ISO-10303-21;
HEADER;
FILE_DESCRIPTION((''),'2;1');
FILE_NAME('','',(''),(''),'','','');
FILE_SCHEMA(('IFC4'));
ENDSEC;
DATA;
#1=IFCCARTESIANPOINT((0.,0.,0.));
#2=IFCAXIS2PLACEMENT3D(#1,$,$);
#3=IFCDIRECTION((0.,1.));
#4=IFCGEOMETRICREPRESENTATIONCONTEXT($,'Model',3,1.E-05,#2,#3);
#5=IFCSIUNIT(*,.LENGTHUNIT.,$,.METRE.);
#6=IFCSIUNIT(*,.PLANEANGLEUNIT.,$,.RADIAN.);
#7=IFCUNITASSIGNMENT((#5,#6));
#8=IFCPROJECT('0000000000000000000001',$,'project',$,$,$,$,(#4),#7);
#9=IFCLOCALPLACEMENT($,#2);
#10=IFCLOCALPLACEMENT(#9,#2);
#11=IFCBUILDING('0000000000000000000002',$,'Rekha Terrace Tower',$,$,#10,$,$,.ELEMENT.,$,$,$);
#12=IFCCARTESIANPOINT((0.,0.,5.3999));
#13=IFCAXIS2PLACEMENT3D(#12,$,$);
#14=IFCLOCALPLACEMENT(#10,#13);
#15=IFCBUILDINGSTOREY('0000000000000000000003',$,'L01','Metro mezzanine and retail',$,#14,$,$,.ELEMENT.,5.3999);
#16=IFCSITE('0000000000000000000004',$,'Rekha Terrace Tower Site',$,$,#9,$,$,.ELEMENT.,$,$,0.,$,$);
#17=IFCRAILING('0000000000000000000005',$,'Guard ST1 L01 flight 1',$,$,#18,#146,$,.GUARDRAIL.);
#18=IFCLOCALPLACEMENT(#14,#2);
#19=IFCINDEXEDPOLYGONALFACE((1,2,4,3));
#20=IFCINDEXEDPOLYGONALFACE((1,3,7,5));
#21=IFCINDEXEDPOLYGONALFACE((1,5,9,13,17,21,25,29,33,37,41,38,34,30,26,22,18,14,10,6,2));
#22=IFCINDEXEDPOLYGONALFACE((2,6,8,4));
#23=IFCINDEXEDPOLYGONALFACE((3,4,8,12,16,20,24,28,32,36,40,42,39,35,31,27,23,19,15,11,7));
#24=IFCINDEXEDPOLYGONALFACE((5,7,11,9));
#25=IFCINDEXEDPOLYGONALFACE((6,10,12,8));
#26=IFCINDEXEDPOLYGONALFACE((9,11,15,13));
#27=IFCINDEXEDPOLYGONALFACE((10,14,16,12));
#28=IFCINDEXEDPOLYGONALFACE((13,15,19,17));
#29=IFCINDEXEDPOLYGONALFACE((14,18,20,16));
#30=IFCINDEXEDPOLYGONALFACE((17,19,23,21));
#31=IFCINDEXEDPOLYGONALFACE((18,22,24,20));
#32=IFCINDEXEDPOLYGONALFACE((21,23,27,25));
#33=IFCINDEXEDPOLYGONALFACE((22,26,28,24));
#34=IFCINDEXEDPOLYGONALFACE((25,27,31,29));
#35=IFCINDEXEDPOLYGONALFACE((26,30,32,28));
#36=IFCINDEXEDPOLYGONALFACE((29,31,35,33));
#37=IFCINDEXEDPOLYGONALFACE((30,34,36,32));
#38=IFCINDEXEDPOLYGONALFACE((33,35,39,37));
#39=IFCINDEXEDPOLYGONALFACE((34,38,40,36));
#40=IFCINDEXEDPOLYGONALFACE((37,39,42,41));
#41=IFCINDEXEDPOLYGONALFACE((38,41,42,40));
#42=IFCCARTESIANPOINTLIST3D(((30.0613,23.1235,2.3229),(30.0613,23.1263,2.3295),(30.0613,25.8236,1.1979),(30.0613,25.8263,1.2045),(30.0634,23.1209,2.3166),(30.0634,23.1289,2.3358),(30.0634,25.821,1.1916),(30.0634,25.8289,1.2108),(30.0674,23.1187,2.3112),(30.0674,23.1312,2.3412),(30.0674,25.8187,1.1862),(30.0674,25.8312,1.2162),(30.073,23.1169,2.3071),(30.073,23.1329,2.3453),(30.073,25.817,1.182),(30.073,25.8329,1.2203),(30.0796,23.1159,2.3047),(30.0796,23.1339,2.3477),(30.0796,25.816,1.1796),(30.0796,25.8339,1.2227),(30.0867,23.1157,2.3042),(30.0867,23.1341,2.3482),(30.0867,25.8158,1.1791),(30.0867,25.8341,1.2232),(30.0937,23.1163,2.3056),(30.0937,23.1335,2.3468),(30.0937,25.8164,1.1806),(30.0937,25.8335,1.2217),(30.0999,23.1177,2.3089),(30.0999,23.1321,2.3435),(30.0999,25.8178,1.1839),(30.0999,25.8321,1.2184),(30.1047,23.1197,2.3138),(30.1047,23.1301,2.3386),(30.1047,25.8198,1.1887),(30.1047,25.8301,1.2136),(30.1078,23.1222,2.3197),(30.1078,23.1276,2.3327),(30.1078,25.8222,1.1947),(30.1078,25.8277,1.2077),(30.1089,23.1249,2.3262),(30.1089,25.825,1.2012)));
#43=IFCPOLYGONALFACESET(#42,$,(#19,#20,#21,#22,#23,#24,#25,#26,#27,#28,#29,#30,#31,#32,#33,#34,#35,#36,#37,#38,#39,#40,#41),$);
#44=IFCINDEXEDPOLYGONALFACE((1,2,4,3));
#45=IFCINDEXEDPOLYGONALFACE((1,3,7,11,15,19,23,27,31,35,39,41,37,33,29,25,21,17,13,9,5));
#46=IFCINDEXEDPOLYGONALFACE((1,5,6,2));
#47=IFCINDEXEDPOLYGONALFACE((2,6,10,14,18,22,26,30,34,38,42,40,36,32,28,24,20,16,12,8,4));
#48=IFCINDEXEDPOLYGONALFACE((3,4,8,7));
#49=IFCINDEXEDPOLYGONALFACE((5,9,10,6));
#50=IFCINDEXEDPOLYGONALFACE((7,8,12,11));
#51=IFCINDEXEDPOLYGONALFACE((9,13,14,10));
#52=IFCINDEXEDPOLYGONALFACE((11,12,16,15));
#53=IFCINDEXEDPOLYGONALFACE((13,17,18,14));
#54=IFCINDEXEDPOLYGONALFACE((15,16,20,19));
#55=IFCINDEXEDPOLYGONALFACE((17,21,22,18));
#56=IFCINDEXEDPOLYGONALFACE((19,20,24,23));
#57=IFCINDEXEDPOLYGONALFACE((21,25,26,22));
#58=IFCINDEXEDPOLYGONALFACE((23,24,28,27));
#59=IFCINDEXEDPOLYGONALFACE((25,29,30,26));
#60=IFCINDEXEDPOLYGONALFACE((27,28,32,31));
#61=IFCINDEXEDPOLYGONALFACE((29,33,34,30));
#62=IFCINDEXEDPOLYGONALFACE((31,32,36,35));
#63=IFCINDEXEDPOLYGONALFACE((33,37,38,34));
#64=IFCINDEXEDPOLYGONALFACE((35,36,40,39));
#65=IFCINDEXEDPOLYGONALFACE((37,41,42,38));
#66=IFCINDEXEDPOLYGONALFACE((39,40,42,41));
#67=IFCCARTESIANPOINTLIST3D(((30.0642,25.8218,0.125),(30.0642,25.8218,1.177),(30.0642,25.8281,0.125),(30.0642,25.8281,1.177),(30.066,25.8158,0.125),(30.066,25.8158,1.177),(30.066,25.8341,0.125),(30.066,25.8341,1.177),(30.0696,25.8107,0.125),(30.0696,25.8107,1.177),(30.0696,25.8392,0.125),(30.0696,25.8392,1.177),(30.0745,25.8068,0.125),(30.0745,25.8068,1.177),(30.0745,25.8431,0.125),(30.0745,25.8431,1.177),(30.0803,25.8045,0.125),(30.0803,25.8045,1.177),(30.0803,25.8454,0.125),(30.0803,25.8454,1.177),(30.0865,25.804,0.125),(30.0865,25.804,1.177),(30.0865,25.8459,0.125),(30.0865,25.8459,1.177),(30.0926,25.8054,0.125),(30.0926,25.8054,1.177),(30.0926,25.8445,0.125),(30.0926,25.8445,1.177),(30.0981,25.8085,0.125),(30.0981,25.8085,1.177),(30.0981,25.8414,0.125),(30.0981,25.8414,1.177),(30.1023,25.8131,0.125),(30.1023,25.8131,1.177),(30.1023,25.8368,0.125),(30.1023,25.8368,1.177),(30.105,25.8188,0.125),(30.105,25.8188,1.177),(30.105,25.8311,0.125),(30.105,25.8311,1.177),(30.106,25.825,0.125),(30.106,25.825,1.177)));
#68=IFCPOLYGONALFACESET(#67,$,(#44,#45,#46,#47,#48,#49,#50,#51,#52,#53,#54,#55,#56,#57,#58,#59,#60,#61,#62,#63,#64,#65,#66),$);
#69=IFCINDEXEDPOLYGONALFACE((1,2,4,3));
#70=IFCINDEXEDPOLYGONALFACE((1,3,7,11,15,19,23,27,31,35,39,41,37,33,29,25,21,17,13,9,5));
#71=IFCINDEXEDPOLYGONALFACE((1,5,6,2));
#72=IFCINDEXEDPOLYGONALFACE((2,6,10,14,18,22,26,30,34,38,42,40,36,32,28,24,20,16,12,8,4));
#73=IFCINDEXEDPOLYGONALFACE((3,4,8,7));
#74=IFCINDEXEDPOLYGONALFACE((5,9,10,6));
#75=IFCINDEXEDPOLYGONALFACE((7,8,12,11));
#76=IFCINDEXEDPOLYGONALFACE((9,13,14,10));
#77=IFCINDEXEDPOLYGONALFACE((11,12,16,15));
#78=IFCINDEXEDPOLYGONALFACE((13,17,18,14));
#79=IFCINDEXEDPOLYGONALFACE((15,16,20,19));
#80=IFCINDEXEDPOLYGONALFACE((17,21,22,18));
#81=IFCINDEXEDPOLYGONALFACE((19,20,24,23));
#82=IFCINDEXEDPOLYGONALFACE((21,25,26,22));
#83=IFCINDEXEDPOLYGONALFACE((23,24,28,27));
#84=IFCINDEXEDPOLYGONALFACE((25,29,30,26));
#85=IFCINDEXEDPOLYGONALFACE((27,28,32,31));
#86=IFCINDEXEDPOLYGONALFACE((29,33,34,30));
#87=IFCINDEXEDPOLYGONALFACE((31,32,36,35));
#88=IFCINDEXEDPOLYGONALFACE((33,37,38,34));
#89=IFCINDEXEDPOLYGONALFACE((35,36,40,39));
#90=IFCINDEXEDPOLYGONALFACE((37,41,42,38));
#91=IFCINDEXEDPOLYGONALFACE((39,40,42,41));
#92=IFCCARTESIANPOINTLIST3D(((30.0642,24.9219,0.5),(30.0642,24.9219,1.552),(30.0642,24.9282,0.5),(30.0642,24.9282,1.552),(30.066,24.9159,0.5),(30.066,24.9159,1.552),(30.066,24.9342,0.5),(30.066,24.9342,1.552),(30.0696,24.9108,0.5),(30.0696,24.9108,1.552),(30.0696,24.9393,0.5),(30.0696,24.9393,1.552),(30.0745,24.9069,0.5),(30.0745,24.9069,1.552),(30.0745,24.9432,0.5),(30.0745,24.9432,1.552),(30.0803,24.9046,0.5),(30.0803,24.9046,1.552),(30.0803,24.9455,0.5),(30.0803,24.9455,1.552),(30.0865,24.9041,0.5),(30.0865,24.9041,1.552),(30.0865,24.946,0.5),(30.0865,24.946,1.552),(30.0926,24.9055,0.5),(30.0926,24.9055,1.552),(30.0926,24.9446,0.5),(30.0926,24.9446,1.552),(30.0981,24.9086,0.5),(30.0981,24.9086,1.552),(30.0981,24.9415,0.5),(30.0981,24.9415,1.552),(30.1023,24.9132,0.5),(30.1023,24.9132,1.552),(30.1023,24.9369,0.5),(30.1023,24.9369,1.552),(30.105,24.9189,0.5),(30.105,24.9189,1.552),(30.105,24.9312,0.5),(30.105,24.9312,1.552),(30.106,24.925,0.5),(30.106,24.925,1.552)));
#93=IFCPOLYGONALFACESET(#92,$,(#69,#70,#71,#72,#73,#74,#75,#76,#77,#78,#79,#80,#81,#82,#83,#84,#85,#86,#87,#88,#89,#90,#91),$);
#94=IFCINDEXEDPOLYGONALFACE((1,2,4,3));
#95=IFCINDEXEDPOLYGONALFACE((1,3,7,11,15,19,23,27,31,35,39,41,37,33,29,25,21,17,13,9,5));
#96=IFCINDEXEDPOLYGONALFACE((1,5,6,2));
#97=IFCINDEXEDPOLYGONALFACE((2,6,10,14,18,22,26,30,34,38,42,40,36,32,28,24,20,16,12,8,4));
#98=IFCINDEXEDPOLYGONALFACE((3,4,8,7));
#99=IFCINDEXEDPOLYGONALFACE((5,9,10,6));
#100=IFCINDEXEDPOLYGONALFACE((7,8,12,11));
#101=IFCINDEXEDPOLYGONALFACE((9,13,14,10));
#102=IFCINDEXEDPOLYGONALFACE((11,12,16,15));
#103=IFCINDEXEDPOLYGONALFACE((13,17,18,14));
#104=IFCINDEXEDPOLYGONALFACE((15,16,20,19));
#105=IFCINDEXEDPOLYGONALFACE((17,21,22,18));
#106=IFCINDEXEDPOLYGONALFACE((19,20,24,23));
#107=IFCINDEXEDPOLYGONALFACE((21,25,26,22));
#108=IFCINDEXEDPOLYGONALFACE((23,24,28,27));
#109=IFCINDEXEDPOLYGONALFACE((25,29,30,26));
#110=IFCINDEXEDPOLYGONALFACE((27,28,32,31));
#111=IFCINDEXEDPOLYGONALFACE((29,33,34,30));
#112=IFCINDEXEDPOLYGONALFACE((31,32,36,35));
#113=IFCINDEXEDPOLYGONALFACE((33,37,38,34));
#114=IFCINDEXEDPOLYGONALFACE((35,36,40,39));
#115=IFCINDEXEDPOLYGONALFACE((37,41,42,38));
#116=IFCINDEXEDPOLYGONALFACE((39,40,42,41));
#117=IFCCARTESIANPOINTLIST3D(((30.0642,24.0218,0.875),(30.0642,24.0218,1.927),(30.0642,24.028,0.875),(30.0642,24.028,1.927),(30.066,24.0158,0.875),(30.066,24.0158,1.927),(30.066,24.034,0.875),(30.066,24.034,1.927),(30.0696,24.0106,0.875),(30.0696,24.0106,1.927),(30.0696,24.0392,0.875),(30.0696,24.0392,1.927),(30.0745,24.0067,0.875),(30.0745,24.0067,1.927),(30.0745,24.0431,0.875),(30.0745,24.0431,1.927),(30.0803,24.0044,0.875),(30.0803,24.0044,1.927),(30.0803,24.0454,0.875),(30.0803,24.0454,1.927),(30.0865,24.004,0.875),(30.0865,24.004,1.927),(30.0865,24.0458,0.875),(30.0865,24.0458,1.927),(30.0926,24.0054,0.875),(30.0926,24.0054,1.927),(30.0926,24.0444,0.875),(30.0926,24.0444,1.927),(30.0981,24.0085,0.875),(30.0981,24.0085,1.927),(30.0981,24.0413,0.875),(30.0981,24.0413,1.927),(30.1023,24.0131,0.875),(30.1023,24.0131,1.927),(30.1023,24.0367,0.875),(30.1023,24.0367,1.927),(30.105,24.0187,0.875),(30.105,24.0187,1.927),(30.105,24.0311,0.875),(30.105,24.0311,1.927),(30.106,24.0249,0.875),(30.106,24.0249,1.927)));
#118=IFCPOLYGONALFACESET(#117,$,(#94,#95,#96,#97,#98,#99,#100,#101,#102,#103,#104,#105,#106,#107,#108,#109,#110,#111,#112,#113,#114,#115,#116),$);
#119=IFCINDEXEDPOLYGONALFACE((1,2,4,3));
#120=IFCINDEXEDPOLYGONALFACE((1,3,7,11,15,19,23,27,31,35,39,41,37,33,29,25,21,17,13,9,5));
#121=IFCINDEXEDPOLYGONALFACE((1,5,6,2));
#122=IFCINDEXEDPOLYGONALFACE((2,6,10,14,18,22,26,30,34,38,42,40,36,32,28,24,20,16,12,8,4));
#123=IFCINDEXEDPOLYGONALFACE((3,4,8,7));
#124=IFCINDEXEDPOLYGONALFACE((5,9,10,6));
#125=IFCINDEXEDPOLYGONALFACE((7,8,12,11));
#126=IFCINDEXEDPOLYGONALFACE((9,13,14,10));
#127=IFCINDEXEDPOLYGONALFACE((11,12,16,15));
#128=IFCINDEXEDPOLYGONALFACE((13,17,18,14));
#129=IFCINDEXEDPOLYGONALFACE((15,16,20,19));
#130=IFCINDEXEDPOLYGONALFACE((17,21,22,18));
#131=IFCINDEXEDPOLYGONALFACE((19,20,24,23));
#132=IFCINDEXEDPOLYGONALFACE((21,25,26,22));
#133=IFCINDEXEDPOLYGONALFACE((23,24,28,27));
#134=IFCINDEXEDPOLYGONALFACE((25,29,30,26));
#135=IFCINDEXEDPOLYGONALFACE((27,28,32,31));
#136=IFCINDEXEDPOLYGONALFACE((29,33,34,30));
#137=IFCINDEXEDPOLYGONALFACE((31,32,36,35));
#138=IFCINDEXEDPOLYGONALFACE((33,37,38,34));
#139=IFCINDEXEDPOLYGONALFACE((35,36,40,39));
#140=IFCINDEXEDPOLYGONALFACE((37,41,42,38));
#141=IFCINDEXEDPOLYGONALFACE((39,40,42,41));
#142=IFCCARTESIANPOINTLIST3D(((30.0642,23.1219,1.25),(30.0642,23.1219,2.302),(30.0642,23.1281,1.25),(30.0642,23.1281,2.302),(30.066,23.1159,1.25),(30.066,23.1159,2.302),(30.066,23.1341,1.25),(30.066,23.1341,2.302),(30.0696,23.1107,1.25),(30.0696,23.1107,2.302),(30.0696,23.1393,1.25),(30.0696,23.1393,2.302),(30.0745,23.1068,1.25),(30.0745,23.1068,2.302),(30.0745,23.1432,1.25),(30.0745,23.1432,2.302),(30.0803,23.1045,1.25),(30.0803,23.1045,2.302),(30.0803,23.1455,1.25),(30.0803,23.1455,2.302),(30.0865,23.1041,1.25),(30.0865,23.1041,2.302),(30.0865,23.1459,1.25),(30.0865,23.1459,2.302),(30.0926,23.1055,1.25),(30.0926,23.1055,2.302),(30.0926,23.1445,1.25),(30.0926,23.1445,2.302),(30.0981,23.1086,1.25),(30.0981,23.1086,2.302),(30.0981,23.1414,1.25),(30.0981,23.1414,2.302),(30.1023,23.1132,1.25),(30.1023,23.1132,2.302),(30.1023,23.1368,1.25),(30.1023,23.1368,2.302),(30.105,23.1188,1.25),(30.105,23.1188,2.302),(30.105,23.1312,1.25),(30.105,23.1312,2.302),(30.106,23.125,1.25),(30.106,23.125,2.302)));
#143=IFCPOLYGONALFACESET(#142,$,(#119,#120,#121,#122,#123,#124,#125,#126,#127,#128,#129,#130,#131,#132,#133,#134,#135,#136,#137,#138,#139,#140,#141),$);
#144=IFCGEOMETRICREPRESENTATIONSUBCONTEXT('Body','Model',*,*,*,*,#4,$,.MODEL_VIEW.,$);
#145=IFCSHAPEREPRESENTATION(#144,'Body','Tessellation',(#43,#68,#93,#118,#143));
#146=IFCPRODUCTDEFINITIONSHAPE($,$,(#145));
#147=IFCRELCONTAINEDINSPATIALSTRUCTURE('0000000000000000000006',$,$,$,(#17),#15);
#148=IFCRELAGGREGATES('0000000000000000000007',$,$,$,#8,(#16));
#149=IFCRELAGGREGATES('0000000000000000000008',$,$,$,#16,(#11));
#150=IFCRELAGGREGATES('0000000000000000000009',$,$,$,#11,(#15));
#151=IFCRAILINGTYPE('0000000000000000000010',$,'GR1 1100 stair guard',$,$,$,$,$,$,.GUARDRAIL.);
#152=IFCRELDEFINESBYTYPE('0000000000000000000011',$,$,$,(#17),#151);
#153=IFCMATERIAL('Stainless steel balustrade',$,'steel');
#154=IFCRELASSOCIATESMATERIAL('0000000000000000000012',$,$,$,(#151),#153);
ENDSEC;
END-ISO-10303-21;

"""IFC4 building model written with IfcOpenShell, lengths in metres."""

from ifc_helpers import new_model, si_unit, direction, frame, origin, origin_2d, place, context, subcontext, project, spatial, circle, extrude, material, type_object, element, save


model = new_model("IFC4")

# Units and contexts
model_context = context("Model", 3, precision=1e-05, world=origin(), true_north=direction((0.0, 1.0)))
body_context = subcontext(model_context, "Body", "Model", "MODEL_VIEW")
ifc_project = project(units=[si_unit("LENGTHUNIT", "METRE"), si_unit("PLANEANGLEUNIT", "RADIAN")], contexts=[model_context])

# Site, building, storey
site_placement = place(None, origin())
site = spatial("IfcSite", under=ifc_project, at=site_placement, Name="Rekha Terrace Tower Site", CompositionType="ELEMENT", RefElevation=0.0)
building_placement = place(site_placement, origin())
building = spatial("IfcBuilding", under=site, at=building_placement, Name="Rekha Terrace Tower", CompositionType="ELEMENT")
storey_placement = place(building_placement, frame((0.0, 0.0, 5.3999)))
storey = spatial("IfcBuildingStorey", under=building, at=storey_placement, Name="L01", Description="Metro mezzanine and retail", CompositionType="ELEMENT", Elevation=5.3999)

# Railing
ifc_material_1 = material(Name="Stainless steel balustrade", Category="steel")
railing_type_1 = type_object("IfcRailingType", Name="GR1 1100 stair guard", PredefinedType="GUARDRAIL", material=ifc_material_1)
railing_1_placement = place(storey_placement, frame((30.085, 25.825, 0.125)))
element("IfcRailing", 1, at=railing_1_placement, inside=storey, type_object=railing_type_1, Name="Guard ST1 L01 flight 1", PredefinedType="GUARDRAIL", context=body_context, shape_type="SweptSolid", body=[
    extrude(circle(Radius=0.0239, at=origin_2d()), frame((0.0, 0.0, 1.0762), z_axis=(0.0, -0.923074, 0.384621), x_axis=(1.0, 0.0, 0.0)), (0.0, 0.0, 1.0), 2.925),
    extrude(circle(Radius=0.021, at=origin_2d()), origin(), (0.0, 0.0, 1.0), 1.052),
    extrude(circle(Radius=0.021, at=origin_2d()), frame((0.0, -0.8999, 0.375)), (0.0, 0.0, 1.0), 1.052),
    extrude(circle(Radius=0.021, at=origin_2d()), frame((0.0, -1.8, 0.75)), (0.0, 0.0, 1.0), 1.052),
    extrude(circle(Radius=0.021, at=origin_2d()), frame((0.0, -2.7, 1.125)), (0.0, 0.0, 1.0), 1.052),
])

save(model, "model.ifc")
